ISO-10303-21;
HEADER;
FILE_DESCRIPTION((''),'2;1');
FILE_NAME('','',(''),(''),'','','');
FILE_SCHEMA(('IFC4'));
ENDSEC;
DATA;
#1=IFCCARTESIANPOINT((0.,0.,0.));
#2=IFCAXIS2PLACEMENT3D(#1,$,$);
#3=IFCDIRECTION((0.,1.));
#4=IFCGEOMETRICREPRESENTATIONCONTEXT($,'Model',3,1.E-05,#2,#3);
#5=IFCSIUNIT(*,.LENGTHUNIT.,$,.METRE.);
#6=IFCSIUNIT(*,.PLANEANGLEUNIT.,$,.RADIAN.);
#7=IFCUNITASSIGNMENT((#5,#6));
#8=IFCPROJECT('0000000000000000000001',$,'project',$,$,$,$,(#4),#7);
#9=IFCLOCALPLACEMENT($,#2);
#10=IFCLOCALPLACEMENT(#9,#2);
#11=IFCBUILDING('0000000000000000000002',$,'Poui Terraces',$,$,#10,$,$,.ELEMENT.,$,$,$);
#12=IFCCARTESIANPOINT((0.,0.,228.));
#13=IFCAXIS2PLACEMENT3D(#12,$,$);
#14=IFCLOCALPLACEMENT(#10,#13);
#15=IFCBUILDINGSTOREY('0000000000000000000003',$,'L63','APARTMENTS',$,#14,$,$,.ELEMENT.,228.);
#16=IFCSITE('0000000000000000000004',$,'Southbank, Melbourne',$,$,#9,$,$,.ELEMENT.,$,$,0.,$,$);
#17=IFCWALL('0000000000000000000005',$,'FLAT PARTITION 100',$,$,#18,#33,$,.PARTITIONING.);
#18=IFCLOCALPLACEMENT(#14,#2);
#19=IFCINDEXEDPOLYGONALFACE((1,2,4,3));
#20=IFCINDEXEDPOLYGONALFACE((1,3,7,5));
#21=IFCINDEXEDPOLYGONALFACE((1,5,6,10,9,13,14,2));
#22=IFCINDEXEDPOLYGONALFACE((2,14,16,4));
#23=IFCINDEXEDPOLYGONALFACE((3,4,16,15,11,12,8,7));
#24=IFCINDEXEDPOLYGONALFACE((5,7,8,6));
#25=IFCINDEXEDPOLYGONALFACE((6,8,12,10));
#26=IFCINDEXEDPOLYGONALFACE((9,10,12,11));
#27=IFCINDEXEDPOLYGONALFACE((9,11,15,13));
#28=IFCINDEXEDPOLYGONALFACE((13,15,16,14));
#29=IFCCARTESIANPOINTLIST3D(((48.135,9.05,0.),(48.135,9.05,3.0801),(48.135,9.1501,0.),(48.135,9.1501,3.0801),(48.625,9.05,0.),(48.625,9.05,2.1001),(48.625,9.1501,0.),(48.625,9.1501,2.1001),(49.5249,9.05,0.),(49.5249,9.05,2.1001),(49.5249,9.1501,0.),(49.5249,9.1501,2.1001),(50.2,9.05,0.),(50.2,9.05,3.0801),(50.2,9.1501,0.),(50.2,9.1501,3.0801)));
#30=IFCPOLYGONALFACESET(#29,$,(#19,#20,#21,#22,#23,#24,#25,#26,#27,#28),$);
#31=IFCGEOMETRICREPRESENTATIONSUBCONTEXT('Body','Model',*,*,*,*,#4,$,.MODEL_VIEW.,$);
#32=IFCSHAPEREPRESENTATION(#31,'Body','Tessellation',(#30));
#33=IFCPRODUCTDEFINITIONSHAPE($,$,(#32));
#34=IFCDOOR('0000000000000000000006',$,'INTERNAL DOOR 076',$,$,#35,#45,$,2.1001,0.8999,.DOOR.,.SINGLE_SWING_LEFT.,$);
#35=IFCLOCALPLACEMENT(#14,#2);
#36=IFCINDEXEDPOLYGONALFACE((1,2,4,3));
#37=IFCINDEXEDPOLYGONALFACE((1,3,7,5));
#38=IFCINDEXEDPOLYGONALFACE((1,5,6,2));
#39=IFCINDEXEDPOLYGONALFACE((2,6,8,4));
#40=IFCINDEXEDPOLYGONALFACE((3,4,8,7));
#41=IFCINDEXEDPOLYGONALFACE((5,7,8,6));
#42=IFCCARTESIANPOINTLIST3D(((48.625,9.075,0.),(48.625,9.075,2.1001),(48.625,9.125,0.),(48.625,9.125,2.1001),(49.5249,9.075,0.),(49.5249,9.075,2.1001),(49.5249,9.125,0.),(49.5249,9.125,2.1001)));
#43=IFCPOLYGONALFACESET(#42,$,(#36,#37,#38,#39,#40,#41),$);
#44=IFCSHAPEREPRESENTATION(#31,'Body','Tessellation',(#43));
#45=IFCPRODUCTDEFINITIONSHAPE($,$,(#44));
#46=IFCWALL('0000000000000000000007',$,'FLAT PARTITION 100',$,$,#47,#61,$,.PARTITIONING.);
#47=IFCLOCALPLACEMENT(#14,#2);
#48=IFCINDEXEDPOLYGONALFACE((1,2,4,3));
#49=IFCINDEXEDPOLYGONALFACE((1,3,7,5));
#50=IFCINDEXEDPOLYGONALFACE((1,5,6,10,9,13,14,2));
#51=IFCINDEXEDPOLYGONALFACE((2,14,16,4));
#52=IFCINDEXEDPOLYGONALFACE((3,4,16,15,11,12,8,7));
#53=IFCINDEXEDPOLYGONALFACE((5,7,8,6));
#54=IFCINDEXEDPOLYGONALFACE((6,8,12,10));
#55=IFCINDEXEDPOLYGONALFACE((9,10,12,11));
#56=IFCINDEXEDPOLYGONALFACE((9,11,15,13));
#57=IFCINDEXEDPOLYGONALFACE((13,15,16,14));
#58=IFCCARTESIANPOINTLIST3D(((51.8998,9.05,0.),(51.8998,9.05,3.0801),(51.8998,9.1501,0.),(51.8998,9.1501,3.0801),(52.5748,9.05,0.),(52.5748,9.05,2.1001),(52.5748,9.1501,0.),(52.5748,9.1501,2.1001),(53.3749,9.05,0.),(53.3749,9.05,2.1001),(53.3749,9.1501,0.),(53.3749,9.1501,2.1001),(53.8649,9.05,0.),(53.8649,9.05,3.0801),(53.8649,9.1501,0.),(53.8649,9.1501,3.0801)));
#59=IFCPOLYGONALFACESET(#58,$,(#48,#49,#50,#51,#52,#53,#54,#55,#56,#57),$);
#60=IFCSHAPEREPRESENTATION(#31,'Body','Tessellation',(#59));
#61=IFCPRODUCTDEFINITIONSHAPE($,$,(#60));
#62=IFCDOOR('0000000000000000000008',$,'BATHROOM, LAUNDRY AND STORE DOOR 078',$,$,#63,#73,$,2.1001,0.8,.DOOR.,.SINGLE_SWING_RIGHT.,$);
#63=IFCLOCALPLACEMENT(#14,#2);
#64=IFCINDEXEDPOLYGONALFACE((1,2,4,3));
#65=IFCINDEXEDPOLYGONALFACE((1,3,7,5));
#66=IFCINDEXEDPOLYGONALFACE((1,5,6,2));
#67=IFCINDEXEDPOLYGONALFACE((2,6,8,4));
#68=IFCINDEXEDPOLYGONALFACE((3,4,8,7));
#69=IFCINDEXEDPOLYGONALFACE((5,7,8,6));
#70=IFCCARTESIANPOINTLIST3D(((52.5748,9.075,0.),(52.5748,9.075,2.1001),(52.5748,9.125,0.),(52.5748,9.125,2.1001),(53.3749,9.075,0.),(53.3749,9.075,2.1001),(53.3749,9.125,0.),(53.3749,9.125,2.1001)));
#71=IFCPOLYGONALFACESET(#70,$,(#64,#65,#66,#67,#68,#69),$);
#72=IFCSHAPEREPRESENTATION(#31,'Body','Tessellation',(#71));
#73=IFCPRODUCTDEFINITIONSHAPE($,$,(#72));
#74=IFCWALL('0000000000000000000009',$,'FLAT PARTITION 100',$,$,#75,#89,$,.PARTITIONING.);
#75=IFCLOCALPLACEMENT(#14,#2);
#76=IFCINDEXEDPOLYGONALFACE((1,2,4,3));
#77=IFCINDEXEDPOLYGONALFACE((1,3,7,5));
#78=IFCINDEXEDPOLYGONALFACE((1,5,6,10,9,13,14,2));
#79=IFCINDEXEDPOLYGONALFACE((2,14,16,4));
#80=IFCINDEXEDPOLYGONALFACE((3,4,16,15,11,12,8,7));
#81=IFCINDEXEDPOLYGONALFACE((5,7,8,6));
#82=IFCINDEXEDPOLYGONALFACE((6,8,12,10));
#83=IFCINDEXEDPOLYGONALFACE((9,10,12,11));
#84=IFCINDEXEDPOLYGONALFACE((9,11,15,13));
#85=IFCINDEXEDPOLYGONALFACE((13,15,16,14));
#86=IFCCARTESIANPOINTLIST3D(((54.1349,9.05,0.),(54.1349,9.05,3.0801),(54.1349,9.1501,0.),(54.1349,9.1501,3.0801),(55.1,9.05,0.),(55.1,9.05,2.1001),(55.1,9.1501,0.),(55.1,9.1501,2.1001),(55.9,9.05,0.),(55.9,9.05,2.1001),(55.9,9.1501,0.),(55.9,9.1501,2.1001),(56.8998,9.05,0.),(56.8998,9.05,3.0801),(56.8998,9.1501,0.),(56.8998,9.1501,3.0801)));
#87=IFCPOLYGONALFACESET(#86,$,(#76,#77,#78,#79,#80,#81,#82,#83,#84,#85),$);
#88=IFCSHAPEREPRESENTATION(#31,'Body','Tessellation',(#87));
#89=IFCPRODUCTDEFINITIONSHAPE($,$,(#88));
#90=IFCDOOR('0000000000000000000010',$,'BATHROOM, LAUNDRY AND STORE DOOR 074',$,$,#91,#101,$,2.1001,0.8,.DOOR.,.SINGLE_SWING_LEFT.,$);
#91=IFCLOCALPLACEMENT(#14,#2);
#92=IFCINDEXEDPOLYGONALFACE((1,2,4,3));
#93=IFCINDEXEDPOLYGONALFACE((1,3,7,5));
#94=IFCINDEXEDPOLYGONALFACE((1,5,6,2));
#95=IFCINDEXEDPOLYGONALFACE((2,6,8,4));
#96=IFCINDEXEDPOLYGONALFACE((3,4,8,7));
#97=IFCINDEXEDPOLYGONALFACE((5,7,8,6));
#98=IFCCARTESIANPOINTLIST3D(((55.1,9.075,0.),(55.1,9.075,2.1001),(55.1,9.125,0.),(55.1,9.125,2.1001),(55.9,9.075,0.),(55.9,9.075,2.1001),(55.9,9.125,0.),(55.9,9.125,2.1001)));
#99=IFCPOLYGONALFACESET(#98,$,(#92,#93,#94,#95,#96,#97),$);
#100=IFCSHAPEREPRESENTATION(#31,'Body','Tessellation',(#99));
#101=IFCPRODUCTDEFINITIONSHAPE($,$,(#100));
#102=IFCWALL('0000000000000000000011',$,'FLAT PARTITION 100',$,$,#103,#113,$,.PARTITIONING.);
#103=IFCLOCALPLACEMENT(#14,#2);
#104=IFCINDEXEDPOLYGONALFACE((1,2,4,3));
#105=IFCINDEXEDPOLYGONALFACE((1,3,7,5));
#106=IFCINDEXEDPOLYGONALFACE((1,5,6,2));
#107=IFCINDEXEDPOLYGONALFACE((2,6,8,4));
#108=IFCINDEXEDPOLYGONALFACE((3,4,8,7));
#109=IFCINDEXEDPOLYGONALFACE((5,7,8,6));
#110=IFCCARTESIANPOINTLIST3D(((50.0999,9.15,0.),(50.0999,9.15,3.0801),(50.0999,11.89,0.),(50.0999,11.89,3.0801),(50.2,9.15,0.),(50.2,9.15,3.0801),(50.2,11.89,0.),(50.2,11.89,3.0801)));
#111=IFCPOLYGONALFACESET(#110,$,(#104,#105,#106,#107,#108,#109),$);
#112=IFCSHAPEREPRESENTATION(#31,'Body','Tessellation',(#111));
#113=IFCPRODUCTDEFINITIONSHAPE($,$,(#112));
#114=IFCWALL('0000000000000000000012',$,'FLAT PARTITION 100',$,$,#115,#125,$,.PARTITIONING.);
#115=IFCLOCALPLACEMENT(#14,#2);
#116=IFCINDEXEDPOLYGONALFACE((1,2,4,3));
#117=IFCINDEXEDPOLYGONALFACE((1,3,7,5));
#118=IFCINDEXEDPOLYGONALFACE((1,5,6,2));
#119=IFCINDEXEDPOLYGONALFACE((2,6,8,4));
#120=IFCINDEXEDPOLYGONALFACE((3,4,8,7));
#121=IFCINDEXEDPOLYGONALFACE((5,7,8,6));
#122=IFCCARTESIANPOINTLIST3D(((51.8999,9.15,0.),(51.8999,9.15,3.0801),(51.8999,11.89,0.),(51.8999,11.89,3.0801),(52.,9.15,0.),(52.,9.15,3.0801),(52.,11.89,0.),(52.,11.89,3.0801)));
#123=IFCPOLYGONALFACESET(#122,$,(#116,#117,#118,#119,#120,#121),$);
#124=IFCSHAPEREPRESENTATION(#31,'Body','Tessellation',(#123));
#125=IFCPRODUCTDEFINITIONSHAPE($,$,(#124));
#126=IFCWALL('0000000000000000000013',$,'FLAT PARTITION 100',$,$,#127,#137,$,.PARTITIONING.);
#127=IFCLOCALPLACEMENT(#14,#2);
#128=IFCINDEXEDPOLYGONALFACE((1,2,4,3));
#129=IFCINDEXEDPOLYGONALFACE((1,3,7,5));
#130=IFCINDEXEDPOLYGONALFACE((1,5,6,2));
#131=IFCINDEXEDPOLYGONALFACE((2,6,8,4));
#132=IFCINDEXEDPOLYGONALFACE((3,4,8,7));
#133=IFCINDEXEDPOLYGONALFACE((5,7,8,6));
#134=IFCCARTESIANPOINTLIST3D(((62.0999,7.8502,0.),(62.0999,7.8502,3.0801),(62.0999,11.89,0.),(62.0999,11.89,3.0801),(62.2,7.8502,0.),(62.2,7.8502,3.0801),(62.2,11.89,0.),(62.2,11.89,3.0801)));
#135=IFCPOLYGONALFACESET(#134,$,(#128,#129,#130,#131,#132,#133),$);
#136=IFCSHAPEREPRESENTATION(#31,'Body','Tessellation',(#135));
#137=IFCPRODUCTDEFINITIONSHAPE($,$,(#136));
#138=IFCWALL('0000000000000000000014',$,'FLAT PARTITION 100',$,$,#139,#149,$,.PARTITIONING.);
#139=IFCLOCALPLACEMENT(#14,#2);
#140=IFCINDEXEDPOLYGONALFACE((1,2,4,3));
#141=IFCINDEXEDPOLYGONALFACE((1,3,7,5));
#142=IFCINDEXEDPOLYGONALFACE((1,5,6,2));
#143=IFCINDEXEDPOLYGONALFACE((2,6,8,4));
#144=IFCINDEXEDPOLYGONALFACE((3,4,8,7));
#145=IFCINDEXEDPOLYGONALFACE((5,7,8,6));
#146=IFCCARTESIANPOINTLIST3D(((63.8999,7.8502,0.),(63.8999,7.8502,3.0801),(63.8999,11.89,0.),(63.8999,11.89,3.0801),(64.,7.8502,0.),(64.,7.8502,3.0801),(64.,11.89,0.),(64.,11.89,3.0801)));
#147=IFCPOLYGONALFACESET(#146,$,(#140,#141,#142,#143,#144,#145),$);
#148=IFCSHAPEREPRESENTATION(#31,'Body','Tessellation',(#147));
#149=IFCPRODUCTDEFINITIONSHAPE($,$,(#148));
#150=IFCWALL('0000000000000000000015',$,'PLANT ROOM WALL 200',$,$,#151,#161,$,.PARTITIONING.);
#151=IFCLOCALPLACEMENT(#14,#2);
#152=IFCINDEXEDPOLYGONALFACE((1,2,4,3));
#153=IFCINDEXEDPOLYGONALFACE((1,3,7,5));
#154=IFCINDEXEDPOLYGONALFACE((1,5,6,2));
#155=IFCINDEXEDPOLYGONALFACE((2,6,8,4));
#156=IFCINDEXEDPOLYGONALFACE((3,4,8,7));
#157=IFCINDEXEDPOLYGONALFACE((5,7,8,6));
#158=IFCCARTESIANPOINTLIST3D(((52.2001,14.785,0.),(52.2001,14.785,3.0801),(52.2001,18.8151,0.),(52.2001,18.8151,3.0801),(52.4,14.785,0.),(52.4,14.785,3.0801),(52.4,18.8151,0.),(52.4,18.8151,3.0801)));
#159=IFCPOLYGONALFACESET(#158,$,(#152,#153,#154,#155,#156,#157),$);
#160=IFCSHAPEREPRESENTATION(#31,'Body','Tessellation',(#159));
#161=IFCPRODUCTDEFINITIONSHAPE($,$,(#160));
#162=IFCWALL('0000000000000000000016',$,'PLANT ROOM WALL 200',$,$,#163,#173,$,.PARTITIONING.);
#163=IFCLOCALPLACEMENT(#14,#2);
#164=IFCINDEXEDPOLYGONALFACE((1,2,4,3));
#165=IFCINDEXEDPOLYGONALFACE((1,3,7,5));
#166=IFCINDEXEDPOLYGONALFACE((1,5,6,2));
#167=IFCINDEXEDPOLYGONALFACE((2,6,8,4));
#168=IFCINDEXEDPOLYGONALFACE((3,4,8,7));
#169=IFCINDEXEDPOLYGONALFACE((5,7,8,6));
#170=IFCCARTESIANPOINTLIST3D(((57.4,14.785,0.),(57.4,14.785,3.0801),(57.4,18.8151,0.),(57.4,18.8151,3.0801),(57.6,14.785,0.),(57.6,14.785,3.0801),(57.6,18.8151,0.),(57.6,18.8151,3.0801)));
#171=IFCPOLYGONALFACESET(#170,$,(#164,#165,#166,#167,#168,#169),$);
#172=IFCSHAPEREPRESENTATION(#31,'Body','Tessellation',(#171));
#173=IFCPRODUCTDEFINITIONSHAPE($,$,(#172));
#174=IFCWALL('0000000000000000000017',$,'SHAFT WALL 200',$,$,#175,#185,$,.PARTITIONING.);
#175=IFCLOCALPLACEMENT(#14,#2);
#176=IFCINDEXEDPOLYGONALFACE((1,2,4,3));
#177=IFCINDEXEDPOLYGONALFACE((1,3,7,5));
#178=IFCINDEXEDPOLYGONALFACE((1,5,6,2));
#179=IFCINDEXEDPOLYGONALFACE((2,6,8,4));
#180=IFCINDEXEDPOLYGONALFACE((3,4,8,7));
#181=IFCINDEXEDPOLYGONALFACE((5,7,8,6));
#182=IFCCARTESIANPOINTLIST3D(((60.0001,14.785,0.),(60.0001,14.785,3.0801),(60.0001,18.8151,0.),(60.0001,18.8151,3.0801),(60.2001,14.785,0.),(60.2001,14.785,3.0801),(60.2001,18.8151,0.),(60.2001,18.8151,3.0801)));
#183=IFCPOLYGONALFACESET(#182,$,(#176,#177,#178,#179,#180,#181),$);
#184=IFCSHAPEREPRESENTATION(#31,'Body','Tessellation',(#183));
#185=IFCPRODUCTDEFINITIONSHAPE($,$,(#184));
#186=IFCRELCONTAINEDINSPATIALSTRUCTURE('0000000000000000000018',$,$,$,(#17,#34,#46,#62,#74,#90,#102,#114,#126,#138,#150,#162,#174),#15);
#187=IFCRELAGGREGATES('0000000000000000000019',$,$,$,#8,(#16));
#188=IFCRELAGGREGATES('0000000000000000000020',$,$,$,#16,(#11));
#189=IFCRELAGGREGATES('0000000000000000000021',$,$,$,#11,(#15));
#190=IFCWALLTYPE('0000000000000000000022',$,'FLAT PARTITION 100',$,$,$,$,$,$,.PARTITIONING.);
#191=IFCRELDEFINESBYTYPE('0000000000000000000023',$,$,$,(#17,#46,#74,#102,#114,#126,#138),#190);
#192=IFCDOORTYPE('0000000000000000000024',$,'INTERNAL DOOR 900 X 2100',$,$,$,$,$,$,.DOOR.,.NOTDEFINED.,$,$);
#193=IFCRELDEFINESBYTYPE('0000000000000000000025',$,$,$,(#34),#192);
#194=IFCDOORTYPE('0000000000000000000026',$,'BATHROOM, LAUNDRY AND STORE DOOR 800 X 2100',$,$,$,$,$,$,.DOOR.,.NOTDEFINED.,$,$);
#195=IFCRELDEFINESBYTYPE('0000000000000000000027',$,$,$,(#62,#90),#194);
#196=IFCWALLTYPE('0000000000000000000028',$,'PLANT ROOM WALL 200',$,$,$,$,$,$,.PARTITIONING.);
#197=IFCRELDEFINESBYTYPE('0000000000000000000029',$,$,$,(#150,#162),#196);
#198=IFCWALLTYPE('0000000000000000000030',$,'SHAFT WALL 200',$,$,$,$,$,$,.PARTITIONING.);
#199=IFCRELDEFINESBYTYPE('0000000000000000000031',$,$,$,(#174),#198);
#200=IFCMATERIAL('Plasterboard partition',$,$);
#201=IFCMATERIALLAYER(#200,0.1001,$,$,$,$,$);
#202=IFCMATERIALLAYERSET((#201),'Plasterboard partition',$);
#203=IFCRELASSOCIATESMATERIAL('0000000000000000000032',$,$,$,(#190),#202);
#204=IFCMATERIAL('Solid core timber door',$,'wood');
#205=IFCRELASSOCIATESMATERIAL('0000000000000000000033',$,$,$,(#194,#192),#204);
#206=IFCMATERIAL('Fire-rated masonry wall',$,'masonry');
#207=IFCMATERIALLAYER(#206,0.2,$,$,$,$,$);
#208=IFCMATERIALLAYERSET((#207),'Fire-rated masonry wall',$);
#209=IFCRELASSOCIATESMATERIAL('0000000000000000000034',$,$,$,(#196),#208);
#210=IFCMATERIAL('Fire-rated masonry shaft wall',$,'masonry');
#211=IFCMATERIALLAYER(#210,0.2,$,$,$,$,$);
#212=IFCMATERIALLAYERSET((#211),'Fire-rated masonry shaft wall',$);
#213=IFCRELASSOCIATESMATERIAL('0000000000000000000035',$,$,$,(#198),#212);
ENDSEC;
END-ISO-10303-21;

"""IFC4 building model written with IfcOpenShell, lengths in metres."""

from ifc_helpers import new_model, si_unit, direction, frame, frame_2d, origin, place, context, subcontext, project, spatial, rectangle, extrude, material, layer, layer_set, type_object, element, fill, save


model = new_model("IFC4")

# Units and contexts
model_context = context("Model", 3, precision=1e-05, world=origin(), true_north=direction((0.0, 1.0)))
body_context = subcontext(model_context, "Body", "Model", "MODEL_VIEW")
ifc_project = project(units=[si_unit("LENGTHUNIT", "METRE"), si_unit("PLANEANGLEUNIT", "RADIAN")], contexts=[model_context])

# Site, building, storey
site_placement = place(None, origin())
site = spatial("IfcSite", under=ifc_project, at=site_placement, Name="Southbank, Melbourne", CompositionType="ELEMENT", RefElevation=0.0)
building_placement = place(site_placement, origin())
building = spatial("IfcBuilding", under=site, at=building_placement, Name="Poui Terraces", CompositionType="ELEMENT")
storey_placement = place(building_placement, frame((0.0, 0.0, 228.0)))
storey = spatial("IfcBuildingStorey", under=building, at=storey_placement, Name="L63", Description="APARTMENTS", CompositionType="ELEMENT", Elevation=228.0)

# Walls, openings, doors
ifc_material_1 = material(Name="Plasterboard partition")
ifc_layer_1 = layer(ifc_material_1, 0.1001)
ifc_layer_set_1 = layer_set([ifc_layer_1], Name="Plasterboard partition")
wall_type_1 = type_object("IfcWallType", Name="FLAT PARTITION 100", PredefinedType="PARTITIONING", material=ifc_layer_set_1)
ifc_material_2 = material(Name="Solid core timber door", Category="wood")
door_type_1 = type_object("IfcDoorType", Name="BATHROOM, LAUNDRY AND STORE DOOR 800 X 2100", OperationType="NOTDEFINED", PredefinedType="DOOR", material=ifc_material_2)
wall_1_placement = place(storey_placement, frame((48.135, 9.1001, 0.0), z_axis=(0.0, 0.0, 1.0), x_axis=(1.0, 0.0, 0.0)))
wall_1 = element("IfcWall", 1, at=wall_1_placement, inside=storey, type_object=wall_type_1, Name="FLAT PARTITION 100", PredefinedType="PARTITIONING", context=body_context, shape_type="SweptSolid", body=[
    extrude(rectangle(XDim=2.0649, YDim=0.1001, at=frame_2d((1.0325, 0.0))), origin(), (0.0, 0.0, 1.0), 3.0801),
])
opening_1_placement = place(wall_1_placement, frame((0.49, 0.0, 0.0)))
opening_1 = element("IfcOpeningElement", 2, at=opening_1_placement, cuts=wall_1, PredefinedType="OPENING", context=body_context, shape_type="SweptSolid", body=[
    extrude(rectangle(XDim=0.8999, YDim=2.1001, at=frame_2d((0.45, 1.05))), frame((0.0, 0.0601, 0.0), z_axis=(0.0, -1.0, 0.0), x_axis=(1.0, 0.0, 0.0)), (0.0, 0.0, 1.0), 0.1201),
])
door_type_2 = type_object("IfcDoorType", Name="INTERNAL DOOR 900 X 2100", OperationType="NOTDEFINED", PredefinedType="DOOR", material=ifc_material_2)
door_1_placement = place(opening_1_placement, origin())
door_1 = element("IfcDoor", 3, at=door_1_placement, inside=storey, type_object=door_type_2, Name="INTERNAL DOOR 076", OperationType="SINGLE_SWING_LEFT", OverallHeight=2.1001, OverallWidth=0.8999, PredefinedType="DOOR", context=body_context, shape_type="SweptSolid", body=[
    extrude(rectangle(XDim=0.8999, YDim=2.1001, at=frame_2d((0.45, 1.05))), frame((0.0, 0.0249, 0.0), z_axis=(0.0, -1.0, 0.0), x_axis=(1.0, 0.0, 0.0)), (0.0, 0.0, 1.0), 0.05),
])
fill(opening_1, door_1)
wall_2_placement = place(storey_placement, frame((51.8999, 9.1001, 0.0), z_axis=(0.0, 0.0, 1.0), x_axis=(1.0, 0.0, 0.0)))
wall_2 = element("IfcWall", 4, at=wall_2_placement, inside=storey, type_object=wall_type_1, Name="FLAT PARTITION 100", PredefinedType="PARTITIONING", context=body_context, shape_type="SweptSolid", body=[
    extrude(rectangle(XDim=1.9651, YDim=0.1001, at=frame_2d((0.9824, 0.0))), origin(), (0.0, 0.0, 1.0), 3.0801),
])
opening_2_placement = place(wall_2_placement, frame((0.675, 0.0, 0.0)))
opening_2 = element("IfcOpeningElement", 5, at=opening_2_placement, cuts=wall_2, PredefinedType="OPENING", context=body_context, shape_type="SweptSolid", body=[
    extrude(rectangle(XDim=0.8, YDim=2.1001, at=frame_2d((0.3999, 1.05))), frame((0.0, 0.0601, 0.0), z_axis=(0.0, -1.0, 0.0), x_axis=(1.0, 0.0, 0.0)), (0.0, 0.0, 1.0), 0.1201),
])
door_2_placement = place(opening_2_placement, origin())
door_2 = element("IfcDoor", 6, at=door_2_placement, inside=storey, type_object=door_type_1, Name="BATHROOM, LAUNDRY AND STORE DOOR 078", OperationType="SINGLE_SWING_RIGHT", OverallHeight=2.1001, OverallWidth=0.8, PredefinedType="DOOR", context=body_context, shape_type="SweptSolid", body=[
    extrude(rectangle(XDim=0.8, YDim=2.1001, at=frame_2d((0.3999, 1.05))), frame((0.0, 0.0249, 0.0), z_axis=(0.0, -1.0, 0.0), x_axis=(1.0, 0.0, 0.0)), (0.0, 0.0, 1.0), 0.05),
])
fill(opening_2, door_2)
wall_3_placement = place(storey_placement, frame((54.135, 9.1001, 0.0), z_axis=(0.0, 0.0, 1.0), x_axis=(1.0, 0.0, 0.0)))
wall_3 = element("IfcWall", 7, at=wall_3_placement, inside=storey, type_object=wall_type_1, Name="FLAT PARTITION 100", PredefinedType="PARTITIONING", context=body_context, shape_type="SweptSolid", body=[
    extrude(rectangle(XDim=2.7649, YDim=0.1001, at=frame_2d((1.3823, 0.0))), origin(), (0.0, 0.0, 1.0), 3.0801),
])
opening_3_placement = place(wall_3_placement, frame((0.9651, 0.0, 0.0)))
opening_3 = element("IfcOpeningElement", 8, at=opening_3_placement, cuts=wall_3, PredefinedType="OPENING", context=body_context, shape_type="SweptSolid", body=[
    extrude(rectangle(XDim=0.8, YDim=2.1001, at=frame_2d((0.3999, 1.05))), frame((0.0, 0.0601, 0.0), z_axis=(0.0, -1.0, 0.0), x_axis=(1.0, 0.0, 0.0)), (0.0, 0.0, 1.0), 0.1201),
])
door_3_placement = place(opening_3_placement, origin())
door_3 = element("IfcDoor", 9, at=door_3_placement, inside=storey, type_object=door_type_1, Name="BATHROOM, LAUNDRY AND STORE DOOR 074", OperationType="SINGLE_SWING_LEFT", OverallHeight=2.1001, OverallWidth=0.8, PredefinedType="DOOR", context=body_context, shape_type="SweptSolid", body=[
    extrude(rectangle(XDim=0.8, YDim=2.1001, at=frame_2d((0.3999, 1.05))), frame((0.0, 0.0249, 0.0), z_axis=(0.0, -1.0, 0.0), x_axis=(1.0, 0.0, 0.0)), (0.0, 0.0, 1.0), 0.05),
])
fill(opening_3, door_3)

# Walls
for number, where, z_axis, x_axis, name in (
    (10, (50.1499, 9.1499, 0.0), (0.0, 0.0, 1.0), (0.0, 1.0, 0.0), "FLAT PARTITION 100"),
    (11, (51.95, 9.1499, 0.0), (0.0, 0.0, 1.0), (0.0, 1.0, 0.0), "FLAT PARTITION 100"),
):
    element("IfcWall", number, at=place(storey_placement, frame(where, z_axis=z_axis, x_axis=x_axis)), inside=storey, type_object=wall_type_1, Name=name, PredefinedType="PARTITIONING", context=body_context, shape_type="SweptSolid", body=[
        extrude(rectangle(XDim=2.74, YDim=0.1001, at=frame_2d((1.3701, 0.0))), origin(), (0.0, 0.0, 1.0), 3.0801),
    ])
for number, where, z_axis, x_axis, name in (
    (12, (62.1499, 7.8501, 0.0), (0.0, 0.0, 1.0), (0.0, 1.0, 0.0), "FLAT PARTITION 100"),
    (13, (63.95, 7.8501, 0.0), (0.0, 0.0, 1.0), (0.0, 1.0, 0.0), "FLAT PARTITION 100"),
):
    element("IfcWall", number, at=place(storey_placement, frame(where, z_axis=z_axis, x_axis=x_axis)), inside=storey, type_object=wall_type_1, Name=name, PredefinedType="PARTITIONING", context=body_context, shape_type="SweptSolid", body=[
        extrude(rectangle(XDim=4.0398, YDim=0.1001, at=frame_2d((2.02, 0.0))), origin(), (0.0, 0.0, 1.0), 3.0801),
    ])
ifc_material_3 = material(Name="Fire-rated masonry wall", Category="masonry")
ifc_layer_2 = layer(ifc_material_3, 0.2)
ifc_layer_set_2 = layer_set([ifc_layer_2], Name="Fire-rated masonry wall")
wall_type_2 = type_object("IfcWallType", Name="PLANT ROOM WALL 200", PredefinedType="PARTITIONING", material=ifc_layer_set_2)
for number, where, z_axis, x_axis, name in (
    (14, (52.3, 14.7849, 0.0), (0.0, 0.0, 1.0), (0.0, 1.0, 0.0), "PLANT ROOM WALL 200"),
    (15, (57.5, 14.7849, 0.0), (0.0, 0.0, 1.0), (0.0, 1.0, 0.0), "PLANT ROOM WALL 200"),
):
    element("IfcWall", number, at=place(storey_placement, frame(where, z_axis=z_axis, x_axis=x_axis)), inside=storey, type_object=wall_type_2, Name=name, PredefinedType="PARTITIONING", context=body_context, shape_type="SweptSolid", body=[
        extrude(rectangle(XDim=4.03, YDim=0.2, at=frame_2d((2.0151, 0.0))), origin(), (0.0, 0.0, 1.0), 3.0801),
    ])
ifc_material_4 = material(Name="Fire-rated masonry shaft wall", Category="masonry")
ifc_layer_3 = layer(ifc_material_4, 0.2)
ifc_layer_set_3 = layer_set([ifc_layer_3], Name="Fire-rated masonry shaft wall")
wall_type_3 = type_object("IfcWallType", Name="SHAFT WALL 200", PredefinedType="PARTITIONING", material=ifc_layer_set_3)
wall_4_placement = place(storey_placement, frame((60.1001, 14.7849, 0.0), z_axis=(0.0, 0.0, 1.0), x_axis=(0.0, 1.0, 0.0)))
element("IfcWall", 16, at=wall_4_placement, inside=storey, type_object=wall_type_3, Name="SHAFT WALL 200", PredefinedType="PARTITIONING", context=body_context, shape_type="SweptSolid", body=[
    extrude(rectangle(XDim=4.03, YDim=0.2, at=frame_2d((2.0151, 0.0))), origin(), (0.0, 0.0, 1.0), 3.0801),
])

save(model, "model.ifc")
